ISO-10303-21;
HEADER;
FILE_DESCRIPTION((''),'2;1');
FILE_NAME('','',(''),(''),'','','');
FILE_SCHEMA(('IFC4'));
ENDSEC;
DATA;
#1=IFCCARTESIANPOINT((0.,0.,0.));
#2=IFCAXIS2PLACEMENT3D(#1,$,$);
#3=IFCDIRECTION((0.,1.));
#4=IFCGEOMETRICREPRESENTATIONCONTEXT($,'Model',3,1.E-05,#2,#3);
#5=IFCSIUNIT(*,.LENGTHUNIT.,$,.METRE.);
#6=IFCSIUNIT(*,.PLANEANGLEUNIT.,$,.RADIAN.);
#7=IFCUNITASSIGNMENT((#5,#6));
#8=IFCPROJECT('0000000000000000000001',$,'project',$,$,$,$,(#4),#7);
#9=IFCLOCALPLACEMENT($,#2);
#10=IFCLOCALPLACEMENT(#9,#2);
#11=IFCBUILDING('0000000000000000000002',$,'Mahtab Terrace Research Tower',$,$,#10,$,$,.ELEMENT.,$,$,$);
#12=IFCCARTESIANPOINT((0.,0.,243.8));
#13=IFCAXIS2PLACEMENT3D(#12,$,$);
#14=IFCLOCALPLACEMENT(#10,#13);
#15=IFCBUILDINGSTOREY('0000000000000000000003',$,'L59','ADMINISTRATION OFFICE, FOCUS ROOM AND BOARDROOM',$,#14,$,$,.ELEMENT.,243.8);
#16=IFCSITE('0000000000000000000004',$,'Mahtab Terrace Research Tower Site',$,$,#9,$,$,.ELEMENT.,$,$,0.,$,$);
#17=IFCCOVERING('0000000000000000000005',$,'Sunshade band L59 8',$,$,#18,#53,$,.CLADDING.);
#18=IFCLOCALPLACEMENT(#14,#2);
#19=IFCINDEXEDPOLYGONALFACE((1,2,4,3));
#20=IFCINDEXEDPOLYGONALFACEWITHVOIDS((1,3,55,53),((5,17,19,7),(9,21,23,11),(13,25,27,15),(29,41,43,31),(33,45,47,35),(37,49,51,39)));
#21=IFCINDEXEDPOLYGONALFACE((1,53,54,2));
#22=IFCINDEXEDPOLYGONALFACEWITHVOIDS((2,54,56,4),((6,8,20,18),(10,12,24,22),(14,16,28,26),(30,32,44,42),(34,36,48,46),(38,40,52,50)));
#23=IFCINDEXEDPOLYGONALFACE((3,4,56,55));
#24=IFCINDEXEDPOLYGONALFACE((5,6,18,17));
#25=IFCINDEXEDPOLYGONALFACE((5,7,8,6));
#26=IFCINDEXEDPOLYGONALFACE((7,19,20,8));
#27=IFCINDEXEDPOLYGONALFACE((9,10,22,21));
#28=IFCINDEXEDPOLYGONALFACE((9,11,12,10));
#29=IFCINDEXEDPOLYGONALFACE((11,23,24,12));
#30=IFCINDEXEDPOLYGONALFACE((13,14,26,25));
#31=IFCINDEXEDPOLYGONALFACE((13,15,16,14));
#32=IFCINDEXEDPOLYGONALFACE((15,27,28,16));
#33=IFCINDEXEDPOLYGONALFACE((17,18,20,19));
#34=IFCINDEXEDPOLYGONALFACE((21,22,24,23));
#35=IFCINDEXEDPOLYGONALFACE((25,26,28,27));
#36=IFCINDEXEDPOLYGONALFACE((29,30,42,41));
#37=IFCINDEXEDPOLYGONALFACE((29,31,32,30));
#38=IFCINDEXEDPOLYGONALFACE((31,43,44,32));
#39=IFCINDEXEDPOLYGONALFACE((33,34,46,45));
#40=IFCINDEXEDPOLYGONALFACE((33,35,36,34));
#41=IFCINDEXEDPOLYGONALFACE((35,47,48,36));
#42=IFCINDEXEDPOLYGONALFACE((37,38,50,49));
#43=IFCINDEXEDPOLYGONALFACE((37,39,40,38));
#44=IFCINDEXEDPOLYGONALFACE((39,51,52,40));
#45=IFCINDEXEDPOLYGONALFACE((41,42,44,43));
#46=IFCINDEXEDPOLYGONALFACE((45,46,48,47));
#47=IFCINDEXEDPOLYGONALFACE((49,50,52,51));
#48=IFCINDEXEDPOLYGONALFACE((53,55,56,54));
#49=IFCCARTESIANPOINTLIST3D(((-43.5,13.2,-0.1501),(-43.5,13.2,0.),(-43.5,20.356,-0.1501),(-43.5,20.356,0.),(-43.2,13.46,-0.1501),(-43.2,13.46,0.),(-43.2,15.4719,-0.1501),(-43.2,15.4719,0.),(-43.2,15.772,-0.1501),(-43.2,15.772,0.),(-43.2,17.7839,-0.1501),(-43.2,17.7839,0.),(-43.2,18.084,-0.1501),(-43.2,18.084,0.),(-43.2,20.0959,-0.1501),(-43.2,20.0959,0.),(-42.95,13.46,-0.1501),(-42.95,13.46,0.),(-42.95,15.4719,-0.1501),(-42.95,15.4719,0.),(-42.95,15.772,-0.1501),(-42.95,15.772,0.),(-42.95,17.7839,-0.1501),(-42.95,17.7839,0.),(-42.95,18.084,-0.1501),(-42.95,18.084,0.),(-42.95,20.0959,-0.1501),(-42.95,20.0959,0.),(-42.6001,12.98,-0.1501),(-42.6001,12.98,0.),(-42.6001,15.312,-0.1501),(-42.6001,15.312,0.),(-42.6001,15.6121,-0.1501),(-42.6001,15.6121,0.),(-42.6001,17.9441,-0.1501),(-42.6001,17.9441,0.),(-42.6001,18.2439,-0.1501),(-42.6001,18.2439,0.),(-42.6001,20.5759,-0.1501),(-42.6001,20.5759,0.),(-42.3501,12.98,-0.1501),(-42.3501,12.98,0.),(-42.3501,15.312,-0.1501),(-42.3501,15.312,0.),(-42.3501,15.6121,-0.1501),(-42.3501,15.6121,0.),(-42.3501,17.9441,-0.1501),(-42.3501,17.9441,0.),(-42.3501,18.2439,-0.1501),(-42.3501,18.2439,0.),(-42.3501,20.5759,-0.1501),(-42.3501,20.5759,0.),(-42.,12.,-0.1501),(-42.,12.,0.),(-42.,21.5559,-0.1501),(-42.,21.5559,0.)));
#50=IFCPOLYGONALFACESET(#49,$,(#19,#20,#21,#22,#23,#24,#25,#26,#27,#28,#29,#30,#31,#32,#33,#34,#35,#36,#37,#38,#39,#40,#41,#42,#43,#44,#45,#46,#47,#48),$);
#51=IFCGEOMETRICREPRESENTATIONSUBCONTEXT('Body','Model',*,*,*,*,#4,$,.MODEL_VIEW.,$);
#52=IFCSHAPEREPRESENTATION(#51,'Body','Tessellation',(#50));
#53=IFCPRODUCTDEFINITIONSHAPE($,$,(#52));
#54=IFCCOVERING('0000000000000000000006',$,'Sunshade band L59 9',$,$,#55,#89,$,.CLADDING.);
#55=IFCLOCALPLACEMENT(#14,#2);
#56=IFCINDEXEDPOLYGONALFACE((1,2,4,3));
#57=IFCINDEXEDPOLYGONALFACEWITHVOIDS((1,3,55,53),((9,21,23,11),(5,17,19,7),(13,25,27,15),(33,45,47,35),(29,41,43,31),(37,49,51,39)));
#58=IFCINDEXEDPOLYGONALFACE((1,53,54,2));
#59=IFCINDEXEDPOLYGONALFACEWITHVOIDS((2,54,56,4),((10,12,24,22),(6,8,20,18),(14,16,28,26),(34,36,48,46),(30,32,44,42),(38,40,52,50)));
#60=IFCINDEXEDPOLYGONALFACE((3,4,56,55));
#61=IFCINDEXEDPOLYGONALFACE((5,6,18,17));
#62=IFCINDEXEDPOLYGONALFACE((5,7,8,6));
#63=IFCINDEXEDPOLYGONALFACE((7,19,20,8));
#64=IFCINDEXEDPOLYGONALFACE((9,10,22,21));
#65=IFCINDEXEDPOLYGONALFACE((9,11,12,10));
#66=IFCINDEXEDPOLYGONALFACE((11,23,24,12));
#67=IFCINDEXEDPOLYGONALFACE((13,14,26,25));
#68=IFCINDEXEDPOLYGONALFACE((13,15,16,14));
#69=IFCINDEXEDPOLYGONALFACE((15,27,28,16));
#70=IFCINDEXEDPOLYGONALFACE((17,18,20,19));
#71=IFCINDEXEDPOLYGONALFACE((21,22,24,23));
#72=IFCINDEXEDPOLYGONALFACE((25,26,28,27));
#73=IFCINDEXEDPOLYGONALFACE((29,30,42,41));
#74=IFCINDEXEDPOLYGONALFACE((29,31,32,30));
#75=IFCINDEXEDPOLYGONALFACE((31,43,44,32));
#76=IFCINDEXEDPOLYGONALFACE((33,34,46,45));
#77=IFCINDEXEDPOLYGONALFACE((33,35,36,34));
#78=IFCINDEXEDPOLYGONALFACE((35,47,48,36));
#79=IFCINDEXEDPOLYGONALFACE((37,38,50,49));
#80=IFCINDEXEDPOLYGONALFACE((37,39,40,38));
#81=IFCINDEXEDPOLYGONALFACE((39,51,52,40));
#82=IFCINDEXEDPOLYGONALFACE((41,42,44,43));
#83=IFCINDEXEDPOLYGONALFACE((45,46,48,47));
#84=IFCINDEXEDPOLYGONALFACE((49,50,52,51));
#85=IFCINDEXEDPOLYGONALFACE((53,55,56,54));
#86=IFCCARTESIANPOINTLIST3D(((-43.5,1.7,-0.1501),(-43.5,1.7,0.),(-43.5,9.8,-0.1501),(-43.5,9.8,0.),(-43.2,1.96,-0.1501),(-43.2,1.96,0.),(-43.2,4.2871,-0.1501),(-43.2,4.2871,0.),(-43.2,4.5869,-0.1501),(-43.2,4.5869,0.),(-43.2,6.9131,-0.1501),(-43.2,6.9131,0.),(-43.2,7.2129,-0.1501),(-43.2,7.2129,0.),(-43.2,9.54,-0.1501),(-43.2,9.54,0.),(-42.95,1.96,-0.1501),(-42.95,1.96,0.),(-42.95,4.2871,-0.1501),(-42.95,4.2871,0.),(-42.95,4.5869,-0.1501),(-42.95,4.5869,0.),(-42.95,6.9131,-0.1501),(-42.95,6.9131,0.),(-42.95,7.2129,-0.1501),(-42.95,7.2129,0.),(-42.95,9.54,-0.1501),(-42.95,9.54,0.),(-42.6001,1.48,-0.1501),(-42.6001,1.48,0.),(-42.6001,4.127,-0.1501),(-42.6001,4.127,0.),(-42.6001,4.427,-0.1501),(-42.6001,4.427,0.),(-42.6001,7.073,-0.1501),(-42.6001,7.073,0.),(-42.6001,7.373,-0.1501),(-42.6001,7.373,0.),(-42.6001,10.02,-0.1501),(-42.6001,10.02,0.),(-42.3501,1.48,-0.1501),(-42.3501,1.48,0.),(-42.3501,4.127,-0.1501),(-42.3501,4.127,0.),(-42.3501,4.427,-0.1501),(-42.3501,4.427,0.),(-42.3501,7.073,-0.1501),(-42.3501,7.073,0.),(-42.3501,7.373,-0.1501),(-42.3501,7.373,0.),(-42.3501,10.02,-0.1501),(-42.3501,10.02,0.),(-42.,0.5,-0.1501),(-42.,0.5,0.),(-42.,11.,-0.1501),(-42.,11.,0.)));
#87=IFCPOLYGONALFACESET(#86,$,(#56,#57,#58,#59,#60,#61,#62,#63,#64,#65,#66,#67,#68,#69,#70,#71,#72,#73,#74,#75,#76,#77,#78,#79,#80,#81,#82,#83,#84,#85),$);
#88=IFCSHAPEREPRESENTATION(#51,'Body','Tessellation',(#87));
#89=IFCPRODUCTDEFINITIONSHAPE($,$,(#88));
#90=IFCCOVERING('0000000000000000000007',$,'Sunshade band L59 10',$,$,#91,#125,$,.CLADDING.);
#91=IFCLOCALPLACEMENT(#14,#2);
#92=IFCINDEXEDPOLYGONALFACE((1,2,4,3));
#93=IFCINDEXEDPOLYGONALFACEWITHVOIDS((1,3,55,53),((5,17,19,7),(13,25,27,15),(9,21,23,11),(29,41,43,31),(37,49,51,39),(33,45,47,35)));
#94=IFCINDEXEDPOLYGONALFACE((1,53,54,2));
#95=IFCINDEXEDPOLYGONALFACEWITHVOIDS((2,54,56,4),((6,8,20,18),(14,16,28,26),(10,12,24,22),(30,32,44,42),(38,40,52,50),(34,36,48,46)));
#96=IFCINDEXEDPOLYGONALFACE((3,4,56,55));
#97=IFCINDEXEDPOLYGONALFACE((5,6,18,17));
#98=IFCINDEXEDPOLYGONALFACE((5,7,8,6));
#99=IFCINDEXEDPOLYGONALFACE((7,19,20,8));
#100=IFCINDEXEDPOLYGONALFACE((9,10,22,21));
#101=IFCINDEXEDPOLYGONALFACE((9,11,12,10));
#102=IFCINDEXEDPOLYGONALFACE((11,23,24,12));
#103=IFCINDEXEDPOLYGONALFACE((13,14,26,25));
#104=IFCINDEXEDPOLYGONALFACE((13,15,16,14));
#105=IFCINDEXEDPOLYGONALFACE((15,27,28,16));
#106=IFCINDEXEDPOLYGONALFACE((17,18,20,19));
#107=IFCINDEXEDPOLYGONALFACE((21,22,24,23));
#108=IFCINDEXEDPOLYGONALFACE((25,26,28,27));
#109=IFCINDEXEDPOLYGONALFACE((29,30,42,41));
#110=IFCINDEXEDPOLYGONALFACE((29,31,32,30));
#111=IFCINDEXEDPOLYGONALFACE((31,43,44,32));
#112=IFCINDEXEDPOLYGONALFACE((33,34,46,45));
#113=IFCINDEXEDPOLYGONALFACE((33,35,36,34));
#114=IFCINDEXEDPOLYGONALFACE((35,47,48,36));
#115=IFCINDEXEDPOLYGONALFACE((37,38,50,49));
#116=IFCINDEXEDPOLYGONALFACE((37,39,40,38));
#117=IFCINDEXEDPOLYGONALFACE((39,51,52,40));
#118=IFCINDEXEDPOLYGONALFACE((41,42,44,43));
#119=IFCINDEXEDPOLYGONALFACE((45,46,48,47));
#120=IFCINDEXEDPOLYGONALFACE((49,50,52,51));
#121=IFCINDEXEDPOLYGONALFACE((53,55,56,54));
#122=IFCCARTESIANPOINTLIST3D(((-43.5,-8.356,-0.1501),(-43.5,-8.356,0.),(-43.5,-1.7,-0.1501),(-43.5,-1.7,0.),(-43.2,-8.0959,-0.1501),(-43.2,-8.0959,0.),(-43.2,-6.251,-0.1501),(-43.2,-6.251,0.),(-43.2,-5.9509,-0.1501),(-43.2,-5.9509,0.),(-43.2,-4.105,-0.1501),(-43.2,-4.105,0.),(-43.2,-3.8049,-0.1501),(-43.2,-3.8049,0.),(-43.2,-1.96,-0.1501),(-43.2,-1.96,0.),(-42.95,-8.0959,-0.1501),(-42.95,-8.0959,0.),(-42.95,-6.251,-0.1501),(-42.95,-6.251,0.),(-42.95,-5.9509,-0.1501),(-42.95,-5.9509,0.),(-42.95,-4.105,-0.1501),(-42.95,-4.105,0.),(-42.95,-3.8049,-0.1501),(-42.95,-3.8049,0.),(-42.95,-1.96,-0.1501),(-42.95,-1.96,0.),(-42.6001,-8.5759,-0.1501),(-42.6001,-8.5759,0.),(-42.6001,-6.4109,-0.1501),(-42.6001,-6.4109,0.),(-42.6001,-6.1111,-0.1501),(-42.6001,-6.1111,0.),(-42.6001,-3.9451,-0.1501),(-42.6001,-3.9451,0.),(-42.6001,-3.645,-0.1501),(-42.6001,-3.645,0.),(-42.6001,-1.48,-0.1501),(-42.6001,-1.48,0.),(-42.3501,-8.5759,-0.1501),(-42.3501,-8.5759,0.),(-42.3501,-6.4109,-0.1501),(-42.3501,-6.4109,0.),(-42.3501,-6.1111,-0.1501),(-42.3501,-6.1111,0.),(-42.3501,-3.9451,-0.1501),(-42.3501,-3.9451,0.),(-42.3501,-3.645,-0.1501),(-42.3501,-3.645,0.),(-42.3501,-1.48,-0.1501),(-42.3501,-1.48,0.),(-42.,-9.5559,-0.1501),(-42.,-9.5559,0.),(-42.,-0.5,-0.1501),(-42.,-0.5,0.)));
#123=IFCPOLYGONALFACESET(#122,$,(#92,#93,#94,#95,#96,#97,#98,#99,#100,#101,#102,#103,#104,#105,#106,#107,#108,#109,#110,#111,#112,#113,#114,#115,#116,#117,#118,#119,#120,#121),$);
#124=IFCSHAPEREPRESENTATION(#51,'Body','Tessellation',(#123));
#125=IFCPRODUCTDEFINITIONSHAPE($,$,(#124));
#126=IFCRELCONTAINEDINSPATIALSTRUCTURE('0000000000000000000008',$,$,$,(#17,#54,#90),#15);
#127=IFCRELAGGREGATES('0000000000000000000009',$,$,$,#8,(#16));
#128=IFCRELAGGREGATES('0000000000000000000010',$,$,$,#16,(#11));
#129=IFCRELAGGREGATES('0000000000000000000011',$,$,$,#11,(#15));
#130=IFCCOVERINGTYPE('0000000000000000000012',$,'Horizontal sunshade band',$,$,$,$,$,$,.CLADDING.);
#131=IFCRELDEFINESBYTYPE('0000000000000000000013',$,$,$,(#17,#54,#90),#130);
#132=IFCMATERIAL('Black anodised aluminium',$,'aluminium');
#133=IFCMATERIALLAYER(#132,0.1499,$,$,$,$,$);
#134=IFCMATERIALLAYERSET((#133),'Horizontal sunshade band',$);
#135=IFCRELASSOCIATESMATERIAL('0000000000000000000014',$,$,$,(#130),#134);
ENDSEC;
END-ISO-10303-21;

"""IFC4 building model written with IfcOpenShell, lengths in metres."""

from ifc_helpers import new_model, si_unit, direction, frame, origin, place, context, subcontext, project, spatial, polyline, outline, extrude, material, layer, layer_set, type_object, element, save


model = new_model("IFC4")

# Units and contexts
model_context = context("Model", 3, precision=1e-05, world=origin(), true_north=direction((0.0, 1.0)))
body_context = subcontext(model_context, "Body", "Model", "MODEL_VIEW")
ifc_project = project(units=[si_unit("LENGTHUNIT", "METRE"), si_unit("PLANEANGLEUNIT", "RADIAN")], contexts=[model_context])

# Site, building, storey
site_placement = place(None, origin())
site = spatial("IfcSite", under=ifc_project, at=site_placement, Name="Mahtab Terrace Research Tower Site", CompositionType="ELEMENT", RefElevation=0.0)
building_placement = place(site_placement, origin())
building = spatial("IfcBuilding", under=site, at=building_placement, Name="Mahtab Terrace Research Tower", CompositionType="ELEMENT")
storey_placement = place(building_placement, frame((0.0, 0.0, 243.8)))
storey = spatial("IfcBuildingStorey", under=building, at=storey_placement, Name="L59", Description="ADMINISTRATION OFFICE, FOCUS ROOM AND BOARDROOM", CompositionType="ELEMENT", Elevation=243.8)

# Coverings
ifc_material_1 = material(Name="Black anodised aluminium", Category="aluminium")
ifc_layer_1 = layer(ifc_material_1, 0.1499)
ifc_layer_set_1 = layer_set([ifc_layer_1], Name="Horizontal sunshade band")
covering_type = type_object("IfcCoveringType", Name="Horizontal sunshade band", PredefinedType="CLADDING", material=ifc_layer_set_1)
covering_1_placement = place(storey_placement, frame((0.0, 0.0, -0.1501)))
element("IfcCovering", 1, at=covering_1_placement, inside=storey, type_object=covering_type, Name="Sunshade band L59 8", PredefinedType="CLADDING", context=body_context, shape_type="SweptSolid", body=[
    extrude(outline(polyline([(-42.0, 21.5559), (-42.0, 12.0), (-43.5, 13.2), (-43.5, 20.356), (-42.0, 21.5559)]), holes=[polyline([(-42.3501, 20.5759), (-42.3501, 18.2439), (-42.6001, 18.2439), (-42.6001, 20.5759), (-42.3501, 20.5759)]), polyline([(-42.3501, 17.9441), (-42.3501, 15.6121), (-42.6001, 15.6121), (-42.6001, 17.9441), (-42.3501, 17.9441)]), polyline([(-42.3501, 15.312), (-42.3501, 12.98), (-42.6001, 12.98), (-42.6001, 15.312), (-42.3501, 15.312)]), polyline([(-42.95, 20.0959), (-42.95, 18.084), (-43.2, 18.084), (-43.2, 20.0959), (-42.95, 20.0959)]), polyline([(-42.95, 17.7839), (-42.95, 15.772), (-43.2, 15.772), (-43.2, 17.7839), (-42.95, 17.7839)]), polyline([(-42.95, 15.4719), (-42.95, 13.46), (-43.2, 13.46), (-43.2, 15.4719), (-42.95, 15.4719)])]), origin(), (0.0, 0.0, 1.0), 0.1501),
])
covering_2_placement = place(storey_placement, frame((0.0, 0.0, -0.1501)))
element("IfcCovering", 2, at=covering_2_placement, inside=storey, type_object=covering_type, Name="Sunshade band L59 9", PredefinedType="CLADDING", context=body_context, shape_type="SweptSolid", body=[
    extrude(outline(polyline([(-42.0, 11.0), (-42.0, 0.5), (-43.5, 1.7), (-43.5, 9.8), (-42.0, 11.0)]), holes=[polyline([(-42.3501, 10.02), (-42.3501, 7.373), (-42.6001, 7.373), (-42.6001, 10.02), (-42.3501, 10.02)]), polyline([(-42.3501, 7.073), (-42.3501, 4.427), (-42.6001, 4.427), (-42.6001, 7.073), (-42.3501, 7.073)]), polyline([(-42.3501, 4.127), (-42.3501, 1.48), (-42.6001, 1.48), (-42.6001, 4.127), (-42.3501, 4.127)]), polyline([(-42.95, 9.54), (-42.95, 7.2129), (-43.2, 7.2129), (-43.2, 9.54), (-42.95, 9.54)]), polyline([(-42.95, 6.9131), (-42.95, 4.5869), (-43.2, 4.5869), (-43.2, 6.9131), (-42.95, 6.9131)]), polyline([(-42.95, 4.2871), (-42.95, 1.96), (-43.2, 1.96), (-43.2, 4.2871), (-42.95, 4.2871)])]), origin(), (0.0, 0.0, 1.0), 0.1501),
])
covering_3_placement = place(storey_placement, frame((0.0, 0.0, -0.1501)))
element("IfcCovering", 3, at=covering_3_placement, inside=storey, type_object=covering_type, Name="Sunshade band L59 10", PredefinedType="CLADDING", context=body_context, shape_type="SweptSolid", body=[
    extrude(outline(polyline([(-42.0, -0.5), (-42.0, -9.5559), (-43.5, -8.356), (-43.5, -1.7), (-42.0, -0.5)]), holes=[polyline([(-42.3501, -1.48), (-42.3501, -3.645), (-42.6001, -3.645), (-42.6001, -1.48), (-42.3501, -1.48)]), polyline([(-42.3501, -3.9451), (-42.3501, -6.1111), (-42.6001, -6.1111), (-42.6001, -3.9451), (-42.3501, -3.9451)]), polyline([(-42.3501, -6.4109), (-42.3501, -8.5759), (-42.6001, -8.5759), (-42.6001, -6.4109), (-42.3501, -6.4109)]), polyline([(-42.95, -1.96), (-42.95, -3.8049), (-43.2, -3.8049), (-43.2, -1.96), (-42.95, -1.96)]), polyline([(-42.95, -4.105), (-42.95, -5.9509), (-43.2, -5.9509), (-43.2, -4.105), (-42.95, -4.105)]), polyline([(-42.95, -6.251), (-42.95, -8.0959), (-43.2, -8.0959), (-43.2, -6.251), (-42.95, -6.251)])]), origin(), (0.0, 0.0, 1.0), 0.1501),
])

save(model, "model.ifc")
